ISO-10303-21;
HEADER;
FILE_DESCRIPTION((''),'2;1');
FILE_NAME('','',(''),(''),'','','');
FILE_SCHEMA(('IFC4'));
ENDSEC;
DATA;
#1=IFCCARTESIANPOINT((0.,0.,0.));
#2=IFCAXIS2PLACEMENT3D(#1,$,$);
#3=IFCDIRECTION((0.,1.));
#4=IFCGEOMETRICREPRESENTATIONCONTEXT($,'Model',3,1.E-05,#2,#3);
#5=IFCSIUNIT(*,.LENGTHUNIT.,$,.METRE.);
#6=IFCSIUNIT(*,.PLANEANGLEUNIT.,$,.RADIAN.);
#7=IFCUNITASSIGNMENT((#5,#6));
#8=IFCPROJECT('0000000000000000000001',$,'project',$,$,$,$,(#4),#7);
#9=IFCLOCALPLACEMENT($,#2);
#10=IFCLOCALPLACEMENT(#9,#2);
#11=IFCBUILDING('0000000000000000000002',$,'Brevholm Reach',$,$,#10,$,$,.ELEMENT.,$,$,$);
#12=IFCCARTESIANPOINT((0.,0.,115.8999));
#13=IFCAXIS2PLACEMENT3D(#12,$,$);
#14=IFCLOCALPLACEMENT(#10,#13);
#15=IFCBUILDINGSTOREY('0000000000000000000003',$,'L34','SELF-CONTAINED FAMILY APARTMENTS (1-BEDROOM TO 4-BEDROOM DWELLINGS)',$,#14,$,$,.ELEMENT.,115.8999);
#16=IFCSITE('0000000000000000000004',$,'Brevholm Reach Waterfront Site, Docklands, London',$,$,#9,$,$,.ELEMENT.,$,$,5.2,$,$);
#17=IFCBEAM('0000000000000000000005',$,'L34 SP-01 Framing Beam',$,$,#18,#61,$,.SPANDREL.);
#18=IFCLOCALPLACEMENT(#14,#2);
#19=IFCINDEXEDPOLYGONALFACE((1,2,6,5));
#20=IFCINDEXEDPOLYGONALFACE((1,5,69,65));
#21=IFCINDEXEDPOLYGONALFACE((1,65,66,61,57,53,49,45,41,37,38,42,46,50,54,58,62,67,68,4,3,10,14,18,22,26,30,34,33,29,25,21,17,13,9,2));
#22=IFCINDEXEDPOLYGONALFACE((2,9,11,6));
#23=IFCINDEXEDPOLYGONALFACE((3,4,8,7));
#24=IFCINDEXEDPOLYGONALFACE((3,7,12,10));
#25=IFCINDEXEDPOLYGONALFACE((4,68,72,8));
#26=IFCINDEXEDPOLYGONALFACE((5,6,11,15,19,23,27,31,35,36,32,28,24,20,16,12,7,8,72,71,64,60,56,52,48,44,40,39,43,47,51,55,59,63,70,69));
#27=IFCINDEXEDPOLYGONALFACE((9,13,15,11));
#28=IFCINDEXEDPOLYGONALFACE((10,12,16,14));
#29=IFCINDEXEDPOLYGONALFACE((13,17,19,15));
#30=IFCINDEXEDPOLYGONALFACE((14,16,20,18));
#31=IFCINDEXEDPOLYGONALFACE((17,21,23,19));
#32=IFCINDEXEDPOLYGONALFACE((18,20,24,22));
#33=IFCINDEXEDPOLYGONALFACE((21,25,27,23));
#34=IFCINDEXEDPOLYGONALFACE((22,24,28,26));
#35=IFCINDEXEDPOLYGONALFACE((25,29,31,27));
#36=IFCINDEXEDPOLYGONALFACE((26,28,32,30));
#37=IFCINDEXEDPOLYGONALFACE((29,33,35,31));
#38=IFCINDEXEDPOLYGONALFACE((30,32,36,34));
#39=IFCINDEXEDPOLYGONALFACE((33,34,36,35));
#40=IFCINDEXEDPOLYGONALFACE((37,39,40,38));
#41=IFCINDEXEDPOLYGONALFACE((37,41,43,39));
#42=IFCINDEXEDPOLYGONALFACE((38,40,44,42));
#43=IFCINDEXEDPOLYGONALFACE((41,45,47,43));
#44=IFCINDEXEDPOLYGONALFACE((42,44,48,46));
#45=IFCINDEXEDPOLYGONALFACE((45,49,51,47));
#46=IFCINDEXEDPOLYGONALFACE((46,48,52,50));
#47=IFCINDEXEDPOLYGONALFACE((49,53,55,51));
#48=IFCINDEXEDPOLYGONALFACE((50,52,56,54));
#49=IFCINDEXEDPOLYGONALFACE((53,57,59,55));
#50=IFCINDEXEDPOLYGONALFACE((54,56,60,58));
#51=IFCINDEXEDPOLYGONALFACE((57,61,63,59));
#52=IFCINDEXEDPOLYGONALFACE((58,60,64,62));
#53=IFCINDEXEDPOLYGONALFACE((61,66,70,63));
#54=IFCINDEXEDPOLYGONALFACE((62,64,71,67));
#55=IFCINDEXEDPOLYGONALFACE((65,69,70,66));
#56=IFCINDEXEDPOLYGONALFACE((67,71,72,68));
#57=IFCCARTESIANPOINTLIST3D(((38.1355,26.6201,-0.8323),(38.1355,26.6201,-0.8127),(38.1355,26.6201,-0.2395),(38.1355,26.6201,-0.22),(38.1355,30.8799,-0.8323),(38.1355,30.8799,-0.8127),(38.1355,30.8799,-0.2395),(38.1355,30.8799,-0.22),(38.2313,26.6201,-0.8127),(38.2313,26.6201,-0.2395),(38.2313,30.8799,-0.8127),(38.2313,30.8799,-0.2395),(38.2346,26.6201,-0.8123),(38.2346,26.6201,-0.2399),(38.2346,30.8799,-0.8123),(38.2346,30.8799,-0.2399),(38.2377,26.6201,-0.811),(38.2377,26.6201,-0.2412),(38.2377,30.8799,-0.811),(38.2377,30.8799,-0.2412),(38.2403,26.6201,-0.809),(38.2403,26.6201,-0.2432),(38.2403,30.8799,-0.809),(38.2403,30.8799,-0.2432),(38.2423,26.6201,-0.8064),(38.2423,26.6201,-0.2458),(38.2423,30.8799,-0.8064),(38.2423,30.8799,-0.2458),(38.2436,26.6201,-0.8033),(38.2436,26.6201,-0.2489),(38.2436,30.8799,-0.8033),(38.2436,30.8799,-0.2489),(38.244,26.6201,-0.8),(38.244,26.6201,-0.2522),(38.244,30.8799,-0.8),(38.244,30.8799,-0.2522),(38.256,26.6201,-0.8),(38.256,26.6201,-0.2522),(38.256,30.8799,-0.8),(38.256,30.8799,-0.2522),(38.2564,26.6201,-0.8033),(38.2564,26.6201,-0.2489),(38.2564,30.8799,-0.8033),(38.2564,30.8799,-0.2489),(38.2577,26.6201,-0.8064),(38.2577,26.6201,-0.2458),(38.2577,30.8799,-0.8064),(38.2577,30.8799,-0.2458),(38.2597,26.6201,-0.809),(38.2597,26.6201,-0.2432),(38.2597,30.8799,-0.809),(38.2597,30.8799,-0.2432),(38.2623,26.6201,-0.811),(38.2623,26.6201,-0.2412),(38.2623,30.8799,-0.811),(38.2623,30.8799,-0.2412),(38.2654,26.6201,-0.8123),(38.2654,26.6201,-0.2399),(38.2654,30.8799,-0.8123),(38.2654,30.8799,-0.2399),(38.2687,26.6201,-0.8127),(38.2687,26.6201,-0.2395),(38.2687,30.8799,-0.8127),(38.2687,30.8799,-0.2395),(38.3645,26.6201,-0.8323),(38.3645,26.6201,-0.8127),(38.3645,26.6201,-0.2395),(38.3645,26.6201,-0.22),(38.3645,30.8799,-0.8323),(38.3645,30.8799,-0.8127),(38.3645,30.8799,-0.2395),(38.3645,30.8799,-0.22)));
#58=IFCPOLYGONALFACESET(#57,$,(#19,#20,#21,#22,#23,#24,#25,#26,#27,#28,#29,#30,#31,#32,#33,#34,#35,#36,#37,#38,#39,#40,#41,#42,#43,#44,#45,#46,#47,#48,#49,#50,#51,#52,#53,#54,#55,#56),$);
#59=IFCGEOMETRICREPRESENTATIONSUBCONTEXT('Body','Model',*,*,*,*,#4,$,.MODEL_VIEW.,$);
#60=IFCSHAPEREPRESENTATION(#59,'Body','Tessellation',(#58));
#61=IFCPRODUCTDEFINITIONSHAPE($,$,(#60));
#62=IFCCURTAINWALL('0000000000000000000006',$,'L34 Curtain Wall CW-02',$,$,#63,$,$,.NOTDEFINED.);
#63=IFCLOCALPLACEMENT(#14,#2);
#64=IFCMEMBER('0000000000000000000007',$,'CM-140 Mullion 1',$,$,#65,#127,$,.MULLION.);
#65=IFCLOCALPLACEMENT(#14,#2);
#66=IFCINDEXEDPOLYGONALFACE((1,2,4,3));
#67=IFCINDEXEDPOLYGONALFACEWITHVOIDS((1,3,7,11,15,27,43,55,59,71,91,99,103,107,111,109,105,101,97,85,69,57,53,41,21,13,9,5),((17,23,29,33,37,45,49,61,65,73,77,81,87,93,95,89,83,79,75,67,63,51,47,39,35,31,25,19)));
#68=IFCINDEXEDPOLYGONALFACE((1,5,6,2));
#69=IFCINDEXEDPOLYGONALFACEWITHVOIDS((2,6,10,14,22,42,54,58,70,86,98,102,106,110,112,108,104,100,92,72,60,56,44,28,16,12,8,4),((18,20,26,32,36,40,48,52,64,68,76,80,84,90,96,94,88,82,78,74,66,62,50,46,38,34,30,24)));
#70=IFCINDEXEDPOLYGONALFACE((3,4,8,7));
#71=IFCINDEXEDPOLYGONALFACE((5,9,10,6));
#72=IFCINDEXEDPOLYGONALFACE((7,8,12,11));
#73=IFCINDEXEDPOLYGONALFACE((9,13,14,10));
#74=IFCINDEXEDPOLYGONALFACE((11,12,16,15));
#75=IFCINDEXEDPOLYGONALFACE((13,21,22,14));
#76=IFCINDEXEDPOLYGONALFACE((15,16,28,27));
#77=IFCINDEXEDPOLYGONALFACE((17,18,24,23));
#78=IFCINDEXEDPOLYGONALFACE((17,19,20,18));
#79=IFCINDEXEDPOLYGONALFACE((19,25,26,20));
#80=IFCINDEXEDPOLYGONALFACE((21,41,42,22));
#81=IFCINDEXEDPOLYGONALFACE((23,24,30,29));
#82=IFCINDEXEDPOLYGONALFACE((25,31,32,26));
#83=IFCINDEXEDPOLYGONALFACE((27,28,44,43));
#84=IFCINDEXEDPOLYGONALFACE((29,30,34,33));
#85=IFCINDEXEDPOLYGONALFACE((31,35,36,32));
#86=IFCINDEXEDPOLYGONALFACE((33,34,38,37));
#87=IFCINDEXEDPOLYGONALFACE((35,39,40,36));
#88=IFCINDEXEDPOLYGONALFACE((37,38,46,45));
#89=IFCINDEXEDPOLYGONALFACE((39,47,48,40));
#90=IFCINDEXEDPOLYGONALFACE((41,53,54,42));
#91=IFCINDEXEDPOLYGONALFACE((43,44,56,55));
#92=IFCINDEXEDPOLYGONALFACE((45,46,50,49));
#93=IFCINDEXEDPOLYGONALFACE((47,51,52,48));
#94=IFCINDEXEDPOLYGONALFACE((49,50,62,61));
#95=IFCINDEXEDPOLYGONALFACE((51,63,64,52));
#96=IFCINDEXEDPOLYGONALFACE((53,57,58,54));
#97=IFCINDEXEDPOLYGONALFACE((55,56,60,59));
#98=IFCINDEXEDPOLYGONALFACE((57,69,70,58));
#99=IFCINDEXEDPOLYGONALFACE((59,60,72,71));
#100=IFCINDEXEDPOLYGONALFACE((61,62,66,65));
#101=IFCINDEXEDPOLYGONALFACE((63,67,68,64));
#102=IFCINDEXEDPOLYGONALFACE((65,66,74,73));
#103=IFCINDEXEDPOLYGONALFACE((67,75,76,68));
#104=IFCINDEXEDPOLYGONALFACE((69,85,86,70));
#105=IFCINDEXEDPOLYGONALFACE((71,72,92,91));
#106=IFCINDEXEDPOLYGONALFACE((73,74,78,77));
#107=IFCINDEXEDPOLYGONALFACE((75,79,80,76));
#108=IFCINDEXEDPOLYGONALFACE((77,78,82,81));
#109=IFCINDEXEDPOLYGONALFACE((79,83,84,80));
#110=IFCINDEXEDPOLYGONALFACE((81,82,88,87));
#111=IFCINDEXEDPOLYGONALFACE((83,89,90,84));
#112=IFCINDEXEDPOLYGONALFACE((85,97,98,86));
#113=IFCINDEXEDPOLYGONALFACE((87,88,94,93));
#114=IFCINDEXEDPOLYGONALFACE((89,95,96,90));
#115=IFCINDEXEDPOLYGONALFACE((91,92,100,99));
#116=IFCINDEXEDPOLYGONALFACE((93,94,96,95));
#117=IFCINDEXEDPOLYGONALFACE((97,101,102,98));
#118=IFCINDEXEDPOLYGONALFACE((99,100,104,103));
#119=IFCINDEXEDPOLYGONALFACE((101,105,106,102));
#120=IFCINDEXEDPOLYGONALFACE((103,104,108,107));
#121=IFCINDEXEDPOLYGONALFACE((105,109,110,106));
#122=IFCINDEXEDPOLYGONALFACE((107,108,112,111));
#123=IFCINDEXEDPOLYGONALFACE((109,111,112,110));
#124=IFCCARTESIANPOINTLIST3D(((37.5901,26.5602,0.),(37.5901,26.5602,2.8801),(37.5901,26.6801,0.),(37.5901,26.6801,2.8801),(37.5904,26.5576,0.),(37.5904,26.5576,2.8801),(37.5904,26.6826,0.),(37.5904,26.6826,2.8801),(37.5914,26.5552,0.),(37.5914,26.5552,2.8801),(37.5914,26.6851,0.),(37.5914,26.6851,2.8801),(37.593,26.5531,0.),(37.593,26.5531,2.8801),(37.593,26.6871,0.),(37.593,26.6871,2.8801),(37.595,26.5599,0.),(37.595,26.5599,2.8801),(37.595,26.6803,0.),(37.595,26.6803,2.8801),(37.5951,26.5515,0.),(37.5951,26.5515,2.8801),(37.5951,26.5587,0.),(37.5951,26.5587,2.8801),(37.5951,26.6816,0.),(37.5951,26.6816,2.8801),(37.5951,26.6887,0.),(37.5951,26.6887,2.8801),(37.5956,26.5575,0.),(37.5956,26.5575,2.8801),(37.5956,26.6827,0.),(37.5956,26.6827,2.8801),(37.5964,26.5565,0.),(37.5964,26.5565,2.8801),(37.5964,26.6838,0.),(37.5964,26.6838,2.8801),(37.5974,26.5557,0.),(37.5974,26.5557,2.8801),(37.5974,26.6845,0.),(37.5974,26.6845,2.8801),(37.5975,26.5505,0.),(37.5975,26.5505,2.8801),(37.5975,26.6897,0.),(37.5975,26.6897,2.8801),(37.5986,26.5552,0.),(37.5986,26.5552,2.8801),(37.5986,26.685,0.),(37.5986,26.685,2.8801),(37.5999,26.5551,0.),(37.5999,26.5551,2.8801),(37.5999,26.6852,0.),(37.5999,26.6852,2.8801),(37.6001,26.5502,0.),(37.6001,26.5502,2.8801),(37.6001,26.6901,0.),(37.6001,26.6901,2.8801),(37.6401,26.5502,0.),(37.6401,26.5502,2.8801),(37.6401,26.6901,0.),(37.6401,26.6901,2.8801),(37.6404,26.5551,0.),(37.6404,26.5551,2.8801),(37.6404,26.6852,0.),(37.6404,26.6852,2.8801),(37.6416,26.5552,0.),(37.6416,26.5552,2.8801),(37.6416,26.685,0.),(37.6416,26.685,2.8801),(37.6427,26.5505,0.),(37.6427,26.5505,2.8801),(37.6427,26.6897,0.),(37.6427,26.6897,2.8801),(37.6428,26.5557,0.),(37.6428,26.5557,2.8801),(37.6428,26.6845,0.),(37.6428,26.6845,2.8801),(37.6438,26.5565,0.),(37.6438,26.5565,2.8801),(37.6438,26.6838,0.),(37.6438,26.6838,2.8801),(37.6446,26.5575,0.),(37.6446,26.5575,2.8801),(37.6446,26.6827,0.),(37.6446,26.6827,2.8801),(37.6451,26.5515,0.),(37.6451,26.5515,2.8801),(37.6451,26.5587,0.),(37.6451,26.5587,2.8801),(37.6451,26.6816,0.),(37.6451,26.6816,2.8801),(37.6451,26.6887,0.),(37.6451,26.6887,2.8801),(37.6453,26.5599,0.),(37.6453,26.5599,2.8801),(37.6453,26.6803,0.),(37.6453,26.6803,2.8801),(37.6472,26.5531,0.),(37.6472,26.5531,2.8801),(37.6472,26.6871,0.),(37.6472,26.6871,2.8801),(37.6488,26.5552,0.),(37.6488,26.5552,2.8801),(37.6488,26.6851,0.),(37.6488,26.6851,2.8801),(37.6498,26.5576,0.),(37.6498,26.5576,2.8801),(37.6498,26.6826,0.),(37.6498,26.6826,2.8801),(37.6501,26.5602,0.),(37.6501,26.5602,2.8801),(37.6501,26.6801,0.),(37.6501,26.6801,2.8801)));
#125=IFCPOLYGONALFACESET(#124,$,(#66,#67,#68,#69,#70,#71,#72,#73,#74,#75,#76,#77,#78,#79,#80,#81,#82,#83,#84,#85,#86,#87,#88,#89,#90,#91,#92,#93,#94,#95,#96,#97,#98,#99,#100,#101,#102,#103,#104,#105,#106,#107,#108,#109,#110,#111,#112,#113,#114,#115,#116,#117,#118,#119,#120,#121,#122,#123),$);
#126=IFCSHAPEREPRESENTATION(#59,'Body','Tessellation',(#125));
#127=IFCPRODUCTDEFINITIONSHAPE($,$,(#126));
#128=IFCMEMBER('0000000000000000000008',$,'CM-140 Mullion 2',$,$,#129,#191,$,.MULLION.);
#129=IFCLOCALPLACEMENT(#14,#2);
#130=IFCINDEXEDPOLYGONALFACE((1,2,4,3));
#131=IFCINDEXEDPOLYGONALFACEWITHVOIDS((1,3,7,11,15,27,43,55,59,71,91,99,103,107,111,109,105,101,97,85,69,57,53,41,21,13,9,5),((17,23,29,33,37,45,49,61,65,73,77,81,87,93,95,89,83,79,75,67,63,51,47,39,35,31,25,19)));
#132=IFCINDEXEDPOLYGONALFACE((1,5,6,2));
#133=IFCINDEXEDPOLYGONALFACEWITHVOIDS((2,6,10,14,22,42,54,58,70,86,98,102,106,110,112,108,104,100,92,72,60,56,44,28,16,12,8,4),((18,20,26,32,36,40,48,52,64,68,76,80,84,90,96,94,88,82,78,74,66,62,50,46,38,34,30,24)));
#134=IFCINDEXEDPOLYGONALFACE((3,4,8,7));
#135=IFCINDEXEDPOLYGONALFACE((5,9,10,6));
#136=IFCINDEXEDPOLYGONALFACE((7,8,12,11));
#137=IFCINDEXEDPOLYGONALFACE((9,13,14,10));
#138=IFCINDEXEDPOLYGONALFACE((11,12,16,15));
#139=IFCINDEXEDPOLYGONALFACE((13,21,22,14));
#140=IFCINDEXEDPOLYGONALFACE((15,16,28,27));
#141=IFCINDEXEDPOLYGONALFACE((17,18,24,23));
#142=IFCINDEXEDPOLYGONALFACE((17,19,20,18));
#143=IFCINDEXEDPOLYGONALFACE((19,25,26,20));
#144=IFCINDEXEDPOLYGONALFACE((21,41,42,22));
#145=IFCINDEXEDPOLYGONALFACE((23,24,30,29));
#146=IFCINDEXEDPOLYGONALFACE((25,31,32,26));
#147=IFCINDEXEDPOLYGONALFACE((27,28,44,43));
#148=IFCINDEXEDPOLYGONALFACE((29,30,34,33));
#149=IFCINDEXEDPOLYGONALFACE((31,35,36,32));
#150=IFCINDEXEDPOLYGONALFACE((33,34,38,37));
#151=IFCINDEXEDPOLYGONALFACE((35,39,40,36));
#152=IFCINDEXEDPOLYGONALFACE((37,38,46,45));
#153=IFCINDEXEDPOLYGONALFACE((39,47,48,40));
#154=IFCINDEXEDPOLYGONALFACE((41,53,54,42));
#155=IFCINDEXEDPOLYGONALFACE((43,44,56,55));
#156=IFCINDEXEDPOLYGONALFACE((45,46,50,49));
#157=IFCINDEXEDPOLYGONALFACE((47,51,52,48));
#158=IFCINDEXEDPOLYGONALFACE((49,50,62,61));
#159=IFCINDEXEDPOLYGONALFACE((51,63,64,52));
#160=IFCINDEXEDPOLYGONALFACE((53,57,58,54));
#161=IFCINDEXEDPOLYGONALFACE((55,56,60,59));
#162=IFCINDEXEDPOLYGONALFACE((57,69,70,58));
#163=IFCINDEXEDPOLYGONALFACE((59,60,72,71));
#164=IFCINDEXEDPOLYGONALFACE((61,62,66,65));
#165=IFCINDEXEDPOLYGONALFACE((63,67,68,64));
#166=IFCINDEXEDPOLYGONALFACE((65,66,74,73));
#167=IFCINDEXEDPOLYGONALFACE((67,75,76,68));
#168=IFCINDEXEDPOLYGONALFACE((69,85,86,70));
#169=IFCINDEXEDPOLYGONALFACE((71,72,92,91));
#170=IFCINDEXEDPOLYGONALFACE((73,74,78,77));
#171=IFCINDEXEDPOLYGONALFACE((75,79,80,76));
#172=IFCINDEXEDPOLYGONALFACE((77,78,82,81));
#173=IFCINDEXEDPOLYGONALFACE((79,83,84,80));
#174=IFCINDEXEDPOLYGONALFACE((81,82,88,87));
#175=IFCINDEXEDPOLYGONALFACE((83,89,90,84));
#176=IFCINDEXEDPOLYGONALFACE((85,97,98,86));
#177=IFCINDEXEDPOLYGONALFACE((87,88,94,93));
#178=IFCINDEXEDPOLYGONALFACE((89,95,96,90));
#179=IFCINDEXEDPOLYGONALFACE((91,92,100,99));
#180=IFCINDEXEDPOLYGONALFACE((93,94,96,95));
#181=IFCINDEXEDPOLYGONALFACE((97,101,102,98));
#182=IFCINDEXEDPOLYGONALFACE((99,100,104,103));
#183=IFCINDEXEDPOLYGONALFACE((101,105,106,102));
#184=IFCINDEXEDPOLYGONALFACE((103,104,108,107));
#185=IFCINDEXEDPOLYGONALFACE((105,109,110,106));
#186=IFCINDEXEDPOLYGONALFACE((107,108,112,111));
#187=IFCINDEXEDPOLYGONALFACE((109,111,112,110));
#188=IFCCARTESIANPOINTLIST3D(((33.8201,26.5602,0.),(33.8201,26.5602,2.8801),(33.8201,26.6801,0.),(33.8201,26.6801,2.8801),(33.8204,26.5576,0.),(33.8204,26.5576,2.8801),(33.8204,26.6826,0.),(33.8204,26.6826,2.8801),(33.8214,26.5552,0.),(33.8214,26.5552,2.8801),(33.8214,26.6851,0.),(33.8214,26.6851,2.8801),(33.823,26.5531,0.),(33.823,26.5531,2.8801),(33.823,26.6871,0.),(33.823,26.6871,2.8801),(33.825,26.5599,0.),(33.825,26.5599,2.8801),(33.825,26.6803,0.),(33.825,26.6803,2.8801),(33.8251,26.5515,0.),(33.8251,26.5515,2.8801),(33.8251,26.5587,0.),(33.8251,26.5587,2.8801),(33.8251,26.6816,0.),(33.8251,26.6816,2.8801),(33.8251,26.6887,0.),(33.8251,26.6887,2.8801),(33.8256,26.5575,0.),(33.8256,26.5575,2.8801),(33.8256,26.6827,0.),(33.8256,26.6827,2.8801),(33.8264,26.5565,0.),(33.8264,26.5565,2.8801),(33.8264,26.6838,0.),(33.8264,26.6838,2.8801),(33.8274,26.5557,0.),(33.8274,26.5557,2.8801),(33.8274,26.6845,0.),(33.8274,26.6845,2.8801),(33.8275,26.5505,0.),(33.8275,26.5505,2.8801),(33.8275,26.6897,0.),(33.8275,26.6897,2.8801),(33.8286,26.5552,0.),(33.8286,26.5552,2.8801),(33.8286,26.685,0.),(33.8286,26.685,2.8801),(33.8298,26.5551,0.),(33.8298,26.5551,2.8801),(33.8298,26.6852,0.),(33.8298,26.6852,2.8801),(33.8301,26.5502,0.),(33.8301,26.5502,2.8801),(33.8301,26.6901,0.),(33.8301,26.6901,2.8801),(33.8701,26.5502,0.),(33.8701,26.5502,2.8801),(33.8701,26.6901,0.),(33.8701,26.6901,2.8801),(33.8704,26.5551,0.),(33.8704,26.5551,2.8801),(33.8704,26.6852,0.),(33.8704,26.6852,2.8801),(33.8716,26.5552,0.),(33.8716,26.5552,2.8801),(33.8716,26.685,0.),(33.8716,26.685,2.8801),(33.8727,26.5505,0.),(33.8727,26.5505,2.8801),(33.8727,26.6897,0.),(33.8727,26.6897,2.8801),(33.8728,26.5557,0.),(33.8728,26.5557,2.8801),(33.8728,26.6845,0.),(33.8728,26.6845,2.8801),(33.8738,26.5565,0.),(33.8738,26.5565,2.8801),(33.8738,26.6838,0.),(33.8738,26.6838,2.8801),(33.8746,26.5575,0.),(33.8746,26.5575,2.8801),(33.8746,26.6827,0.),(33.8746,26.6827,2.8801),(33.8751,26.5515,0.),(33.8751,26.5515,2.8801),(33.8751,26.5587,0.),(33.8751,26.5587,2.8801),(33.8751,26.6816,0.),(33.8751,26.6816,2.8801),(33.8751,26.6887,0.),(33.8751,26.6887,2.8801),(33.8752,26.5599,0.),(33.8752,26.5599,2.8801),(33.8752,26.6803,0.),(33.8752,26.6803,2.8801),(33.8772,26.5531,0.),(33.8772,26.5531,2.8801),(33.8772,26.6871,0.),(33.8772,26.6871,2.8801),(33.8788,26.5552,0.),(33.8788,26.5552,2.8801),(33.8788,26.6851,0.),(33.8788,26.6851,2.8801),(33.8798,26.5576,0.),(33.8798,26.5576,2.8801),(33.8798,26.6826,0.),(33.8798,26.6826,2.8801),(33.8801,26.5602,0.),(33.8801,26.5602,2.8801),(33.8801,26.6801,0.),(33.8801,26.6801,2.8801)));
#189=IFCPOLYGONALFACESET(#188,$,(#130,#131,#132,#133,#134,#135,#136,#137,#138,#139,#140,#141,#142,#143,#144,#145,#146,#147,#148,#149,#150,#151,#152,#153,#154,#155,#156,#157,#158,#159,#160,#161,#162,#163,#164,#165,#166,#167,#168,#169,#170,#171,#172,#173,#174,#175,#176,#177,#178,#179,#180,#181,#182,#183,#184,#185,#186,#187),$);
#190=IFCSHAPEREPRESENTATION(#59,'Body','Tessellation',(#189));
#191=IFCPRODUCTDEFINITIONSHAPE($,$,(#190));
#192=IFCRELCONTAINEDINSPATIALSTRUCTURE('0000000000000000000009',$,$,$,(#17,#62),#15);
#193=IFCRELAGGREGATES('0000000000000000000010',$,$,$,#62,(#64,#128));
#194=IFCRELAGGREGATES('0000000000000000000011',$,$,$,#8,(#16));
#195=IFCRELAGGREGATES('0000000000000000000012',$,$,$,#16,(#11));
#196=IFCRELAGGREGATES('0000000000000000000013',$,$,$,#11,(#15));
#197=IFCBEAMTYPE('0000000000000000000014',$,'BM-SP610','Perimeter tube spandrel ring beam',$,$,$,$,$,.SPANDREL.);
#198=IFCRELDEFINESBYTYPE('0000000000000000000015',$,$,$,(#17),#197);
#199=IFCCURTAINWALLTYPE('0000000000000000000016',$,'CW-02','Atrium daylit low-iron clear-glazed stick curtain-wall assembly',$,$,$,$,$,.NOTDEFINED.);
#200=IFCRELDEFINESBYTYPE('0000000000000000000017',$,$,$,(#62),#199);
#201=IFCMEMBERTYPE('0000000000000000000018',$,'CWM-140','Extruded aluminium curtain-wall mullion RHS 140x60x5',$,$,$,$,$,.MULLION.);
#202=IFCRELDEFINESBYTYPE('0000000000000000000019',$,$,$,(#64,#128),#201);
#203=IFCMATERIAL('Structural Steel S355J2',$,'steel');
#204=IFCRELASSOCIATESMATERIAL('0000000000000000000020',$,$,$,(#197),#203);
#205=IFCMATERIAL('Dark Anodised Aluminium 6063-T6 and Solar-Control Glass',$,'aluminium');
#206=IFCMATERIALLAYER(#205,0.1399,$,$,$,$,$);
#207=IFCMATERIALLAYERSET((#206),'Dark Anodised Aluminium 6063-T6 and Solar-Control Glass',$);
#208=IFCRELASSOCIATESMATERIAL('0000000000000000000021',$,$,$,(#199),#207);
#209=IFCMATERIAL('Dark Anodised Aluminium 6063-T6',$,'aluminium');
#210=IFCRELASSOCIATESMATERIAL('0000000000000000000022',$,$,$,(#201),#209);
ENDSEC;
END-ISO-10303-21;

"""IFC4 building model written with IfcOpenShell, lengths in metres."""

from ifc_helpers import new_model, si_unit, direction, frame, origin, origin_2d, place, context, subcontext, project, spatial, hollow_rectangle, i_section, extrude, material, layer, layer_set, material_profile, profile_set, type_object, element, aggregate, save


model = new_model("IFC4")

# Units and contexts
model_context = context("Model", 3, precision=1e-05, world=origin(), true_north=direction((0.0, 1.0)))
body_context = subcontext(model_context, "Body", "Model", "MODEL_VIEW")
ifc_project = project(units=[si_unit("LENGTHUNIT", "METRE"), si_unit("PLANEANGLEUNIT", "RADIAN")], contexts=[model_context])

# Site, building, storey
site_placement = place(None, origin())
site = spatial("IfcSite", under=ifc_project, at=site_placement, Name="Brevholm Reach Waterfront Site, Docklands, London", CompositionType="ELEMENT", RefElevation=5.2)
building_placement = place(site_placement, origin())
building = spatial("IfcBuilding", under=site, at=building_placement, Name="Brevholm Reach", CompositionType="ELEMENT")
storey_placement = place(building_placement, frame((0.0, 0.0, 115.8999)))
storey = spatial("IfcBuildingStorey", under=building, at=storey_placement, Name="L34", Description="SELF-CONTAINED FAMILY APARTMENTS (1-BEDROOM TO 4-BEDROOM DWELLINGS)", CompositionType="ELEMENT", Elevation=115.8999)

# Beam
ifc_material_1 = material(Name="Structural Steel S355J2", Category="steel")
ifc_material_profile_1 = material_profile(ifc_material_1, i_section(OverallWidth=0.229, OverallDepth=0.6123, WebThickness=0.012, FlangeThickness=0.0195, FilletRadius=0.0127, at=origin_2d()), Name="UKB 610x229x125")
ifc_profile_set_1 = profile_set([ifc_material_profile_1], Name="Structural Steel S355J2")
beam_type_1 = type_object("IfcBeamType", Name="BM-SP610", Description="Perimeter tube spandrel ring beam", PredefinedType="SPANDREL", material=ifc_profile_set_1)
beam_1_placement = place(storey_placement, frame((38.25, 26.6201, -0.5261), z_axis=(0.0, 1.0, 0.0), x_axis=(-1.0, 0.0, 0.0)))
element("IfcBeam", 1, at=beam_1_placement, inside=storey, type_object=beam_type_1, Name="L34 SP-01 Framing Beam", PredefinedType="SPANDREL", context=body_context, shape_type="SweptSolid", body=[
    extrude(i_section(OverallWidth=0.229, OverallDepth=0.6123, WebThickness=0.012, FlangeThickness=0.0195, FilletRadius=0.0127, at=origin_2d()), origin(), (0.0, 0.0, 1.0), 4.2598),
])

# Curtain wall, members
ifc_material_2 = material(Name="Dark Anodised Aluminium 6063-T6 and Solar-Control Glass", Category="aluminium")
ifc_layer_1 = layer(ifc_material_2, 0.1399)
ifc_layer_set_1 = layer_set([ifc_layer_1], Name="Dark Anodised Aluminium 6063-T6 and Solar-Control Glass")
curtain_wall_type_1 = type_object("IfcCurtainWallType", Name="CW-02", Description="Atrium daylit low-iron clear-glazed stick curtain-wall assembly", PredefinedType="NOTDEFINED", material=ifc_layer_set_1)
curtain_wall_1_placement = place(storey_placement, origin())
curtain_wall_1 = element("IfcCurtainWall", 2, at=curtain_wall_1_placement, inside=storey, type_object=curtain_wall_type_1, Name="L34 Curtain Wall CW-02", PredefinedType="NOTDEFINED")
ifc_material_3 = material(Name="Dark Anodised Aluminium 6063-T6", Category="aluminium")
ifc_material_profile_2 = material_profile(ifc_material_3, hollow_rectangle(XDim=0.0601, YDim=0.1399, WallThickness=0.0049, InnerFilletRadius=0.0049, OuterFilletRadius=0.01, at=origin_2d()), Name="RHS 140x60x5")
ifc_profile_set_2 = profile_set([ifc_material_profile_2], Name="Dark Anodised Aluminium 6063-T6")
member_type_1 = type_object("IfcMemberType", Name="CWM-140", Description="Extruded aluminium curtain-wall mullion RHS 140x60x5", PredefinedType="MULLION", material=ifc_profile_set_2)
member_1_placement = place(storey_placement, frame((37.6201, 26.6201, 0.0), z_axis=(0.0, 0.0, 1.0), x_axis=(-1.0, 0.0, 0.0)))
member_1 = element("IfcMember", 3, at=member_1_placement, type_object=member_type_1, Name="CM-140 Mullion 1", PredefinedType="MULLION", context=body_context, shape_type="SweptSolid", body=[
    extrude(hollow_rectangle(XDim=0.0601, YDim=0.1399, WallThickness=0.0049, InnerFilletRadius=0.0049, OuterFilletRadius=0.01, at=origin_2d()), origin(), (0.0, 0.0, 1.0), 2.8801),
])
member_2_placement = place(storey_placement, frame((33.8501, 26.6201, 0.0), z_axis=(0.0, 0.0, 1.0), x_axis=(-1.0, 0.0, 0.0)))
member_2 = element("IfcMember", 4, at=member_2_placement, type_object=member_type_1, Name="CM-140 Mullion 2", PredefinedType="MULLION", context=body_context, shape_type="SweptSolid", body=[
    extrude(hollow_rectangle(XDim=0.0601, YDim=0.1399, WallThickness=0.0049, InnerFilletRadius=0.0049, OuterFilletRadius=0.01, at=origin_2d()), origin(), (0.0, 0.0, 1.0), 2.8801),
])

aggregate(curtain_wall_1, [member_1, member_2])

save(model, "model.ifc")
